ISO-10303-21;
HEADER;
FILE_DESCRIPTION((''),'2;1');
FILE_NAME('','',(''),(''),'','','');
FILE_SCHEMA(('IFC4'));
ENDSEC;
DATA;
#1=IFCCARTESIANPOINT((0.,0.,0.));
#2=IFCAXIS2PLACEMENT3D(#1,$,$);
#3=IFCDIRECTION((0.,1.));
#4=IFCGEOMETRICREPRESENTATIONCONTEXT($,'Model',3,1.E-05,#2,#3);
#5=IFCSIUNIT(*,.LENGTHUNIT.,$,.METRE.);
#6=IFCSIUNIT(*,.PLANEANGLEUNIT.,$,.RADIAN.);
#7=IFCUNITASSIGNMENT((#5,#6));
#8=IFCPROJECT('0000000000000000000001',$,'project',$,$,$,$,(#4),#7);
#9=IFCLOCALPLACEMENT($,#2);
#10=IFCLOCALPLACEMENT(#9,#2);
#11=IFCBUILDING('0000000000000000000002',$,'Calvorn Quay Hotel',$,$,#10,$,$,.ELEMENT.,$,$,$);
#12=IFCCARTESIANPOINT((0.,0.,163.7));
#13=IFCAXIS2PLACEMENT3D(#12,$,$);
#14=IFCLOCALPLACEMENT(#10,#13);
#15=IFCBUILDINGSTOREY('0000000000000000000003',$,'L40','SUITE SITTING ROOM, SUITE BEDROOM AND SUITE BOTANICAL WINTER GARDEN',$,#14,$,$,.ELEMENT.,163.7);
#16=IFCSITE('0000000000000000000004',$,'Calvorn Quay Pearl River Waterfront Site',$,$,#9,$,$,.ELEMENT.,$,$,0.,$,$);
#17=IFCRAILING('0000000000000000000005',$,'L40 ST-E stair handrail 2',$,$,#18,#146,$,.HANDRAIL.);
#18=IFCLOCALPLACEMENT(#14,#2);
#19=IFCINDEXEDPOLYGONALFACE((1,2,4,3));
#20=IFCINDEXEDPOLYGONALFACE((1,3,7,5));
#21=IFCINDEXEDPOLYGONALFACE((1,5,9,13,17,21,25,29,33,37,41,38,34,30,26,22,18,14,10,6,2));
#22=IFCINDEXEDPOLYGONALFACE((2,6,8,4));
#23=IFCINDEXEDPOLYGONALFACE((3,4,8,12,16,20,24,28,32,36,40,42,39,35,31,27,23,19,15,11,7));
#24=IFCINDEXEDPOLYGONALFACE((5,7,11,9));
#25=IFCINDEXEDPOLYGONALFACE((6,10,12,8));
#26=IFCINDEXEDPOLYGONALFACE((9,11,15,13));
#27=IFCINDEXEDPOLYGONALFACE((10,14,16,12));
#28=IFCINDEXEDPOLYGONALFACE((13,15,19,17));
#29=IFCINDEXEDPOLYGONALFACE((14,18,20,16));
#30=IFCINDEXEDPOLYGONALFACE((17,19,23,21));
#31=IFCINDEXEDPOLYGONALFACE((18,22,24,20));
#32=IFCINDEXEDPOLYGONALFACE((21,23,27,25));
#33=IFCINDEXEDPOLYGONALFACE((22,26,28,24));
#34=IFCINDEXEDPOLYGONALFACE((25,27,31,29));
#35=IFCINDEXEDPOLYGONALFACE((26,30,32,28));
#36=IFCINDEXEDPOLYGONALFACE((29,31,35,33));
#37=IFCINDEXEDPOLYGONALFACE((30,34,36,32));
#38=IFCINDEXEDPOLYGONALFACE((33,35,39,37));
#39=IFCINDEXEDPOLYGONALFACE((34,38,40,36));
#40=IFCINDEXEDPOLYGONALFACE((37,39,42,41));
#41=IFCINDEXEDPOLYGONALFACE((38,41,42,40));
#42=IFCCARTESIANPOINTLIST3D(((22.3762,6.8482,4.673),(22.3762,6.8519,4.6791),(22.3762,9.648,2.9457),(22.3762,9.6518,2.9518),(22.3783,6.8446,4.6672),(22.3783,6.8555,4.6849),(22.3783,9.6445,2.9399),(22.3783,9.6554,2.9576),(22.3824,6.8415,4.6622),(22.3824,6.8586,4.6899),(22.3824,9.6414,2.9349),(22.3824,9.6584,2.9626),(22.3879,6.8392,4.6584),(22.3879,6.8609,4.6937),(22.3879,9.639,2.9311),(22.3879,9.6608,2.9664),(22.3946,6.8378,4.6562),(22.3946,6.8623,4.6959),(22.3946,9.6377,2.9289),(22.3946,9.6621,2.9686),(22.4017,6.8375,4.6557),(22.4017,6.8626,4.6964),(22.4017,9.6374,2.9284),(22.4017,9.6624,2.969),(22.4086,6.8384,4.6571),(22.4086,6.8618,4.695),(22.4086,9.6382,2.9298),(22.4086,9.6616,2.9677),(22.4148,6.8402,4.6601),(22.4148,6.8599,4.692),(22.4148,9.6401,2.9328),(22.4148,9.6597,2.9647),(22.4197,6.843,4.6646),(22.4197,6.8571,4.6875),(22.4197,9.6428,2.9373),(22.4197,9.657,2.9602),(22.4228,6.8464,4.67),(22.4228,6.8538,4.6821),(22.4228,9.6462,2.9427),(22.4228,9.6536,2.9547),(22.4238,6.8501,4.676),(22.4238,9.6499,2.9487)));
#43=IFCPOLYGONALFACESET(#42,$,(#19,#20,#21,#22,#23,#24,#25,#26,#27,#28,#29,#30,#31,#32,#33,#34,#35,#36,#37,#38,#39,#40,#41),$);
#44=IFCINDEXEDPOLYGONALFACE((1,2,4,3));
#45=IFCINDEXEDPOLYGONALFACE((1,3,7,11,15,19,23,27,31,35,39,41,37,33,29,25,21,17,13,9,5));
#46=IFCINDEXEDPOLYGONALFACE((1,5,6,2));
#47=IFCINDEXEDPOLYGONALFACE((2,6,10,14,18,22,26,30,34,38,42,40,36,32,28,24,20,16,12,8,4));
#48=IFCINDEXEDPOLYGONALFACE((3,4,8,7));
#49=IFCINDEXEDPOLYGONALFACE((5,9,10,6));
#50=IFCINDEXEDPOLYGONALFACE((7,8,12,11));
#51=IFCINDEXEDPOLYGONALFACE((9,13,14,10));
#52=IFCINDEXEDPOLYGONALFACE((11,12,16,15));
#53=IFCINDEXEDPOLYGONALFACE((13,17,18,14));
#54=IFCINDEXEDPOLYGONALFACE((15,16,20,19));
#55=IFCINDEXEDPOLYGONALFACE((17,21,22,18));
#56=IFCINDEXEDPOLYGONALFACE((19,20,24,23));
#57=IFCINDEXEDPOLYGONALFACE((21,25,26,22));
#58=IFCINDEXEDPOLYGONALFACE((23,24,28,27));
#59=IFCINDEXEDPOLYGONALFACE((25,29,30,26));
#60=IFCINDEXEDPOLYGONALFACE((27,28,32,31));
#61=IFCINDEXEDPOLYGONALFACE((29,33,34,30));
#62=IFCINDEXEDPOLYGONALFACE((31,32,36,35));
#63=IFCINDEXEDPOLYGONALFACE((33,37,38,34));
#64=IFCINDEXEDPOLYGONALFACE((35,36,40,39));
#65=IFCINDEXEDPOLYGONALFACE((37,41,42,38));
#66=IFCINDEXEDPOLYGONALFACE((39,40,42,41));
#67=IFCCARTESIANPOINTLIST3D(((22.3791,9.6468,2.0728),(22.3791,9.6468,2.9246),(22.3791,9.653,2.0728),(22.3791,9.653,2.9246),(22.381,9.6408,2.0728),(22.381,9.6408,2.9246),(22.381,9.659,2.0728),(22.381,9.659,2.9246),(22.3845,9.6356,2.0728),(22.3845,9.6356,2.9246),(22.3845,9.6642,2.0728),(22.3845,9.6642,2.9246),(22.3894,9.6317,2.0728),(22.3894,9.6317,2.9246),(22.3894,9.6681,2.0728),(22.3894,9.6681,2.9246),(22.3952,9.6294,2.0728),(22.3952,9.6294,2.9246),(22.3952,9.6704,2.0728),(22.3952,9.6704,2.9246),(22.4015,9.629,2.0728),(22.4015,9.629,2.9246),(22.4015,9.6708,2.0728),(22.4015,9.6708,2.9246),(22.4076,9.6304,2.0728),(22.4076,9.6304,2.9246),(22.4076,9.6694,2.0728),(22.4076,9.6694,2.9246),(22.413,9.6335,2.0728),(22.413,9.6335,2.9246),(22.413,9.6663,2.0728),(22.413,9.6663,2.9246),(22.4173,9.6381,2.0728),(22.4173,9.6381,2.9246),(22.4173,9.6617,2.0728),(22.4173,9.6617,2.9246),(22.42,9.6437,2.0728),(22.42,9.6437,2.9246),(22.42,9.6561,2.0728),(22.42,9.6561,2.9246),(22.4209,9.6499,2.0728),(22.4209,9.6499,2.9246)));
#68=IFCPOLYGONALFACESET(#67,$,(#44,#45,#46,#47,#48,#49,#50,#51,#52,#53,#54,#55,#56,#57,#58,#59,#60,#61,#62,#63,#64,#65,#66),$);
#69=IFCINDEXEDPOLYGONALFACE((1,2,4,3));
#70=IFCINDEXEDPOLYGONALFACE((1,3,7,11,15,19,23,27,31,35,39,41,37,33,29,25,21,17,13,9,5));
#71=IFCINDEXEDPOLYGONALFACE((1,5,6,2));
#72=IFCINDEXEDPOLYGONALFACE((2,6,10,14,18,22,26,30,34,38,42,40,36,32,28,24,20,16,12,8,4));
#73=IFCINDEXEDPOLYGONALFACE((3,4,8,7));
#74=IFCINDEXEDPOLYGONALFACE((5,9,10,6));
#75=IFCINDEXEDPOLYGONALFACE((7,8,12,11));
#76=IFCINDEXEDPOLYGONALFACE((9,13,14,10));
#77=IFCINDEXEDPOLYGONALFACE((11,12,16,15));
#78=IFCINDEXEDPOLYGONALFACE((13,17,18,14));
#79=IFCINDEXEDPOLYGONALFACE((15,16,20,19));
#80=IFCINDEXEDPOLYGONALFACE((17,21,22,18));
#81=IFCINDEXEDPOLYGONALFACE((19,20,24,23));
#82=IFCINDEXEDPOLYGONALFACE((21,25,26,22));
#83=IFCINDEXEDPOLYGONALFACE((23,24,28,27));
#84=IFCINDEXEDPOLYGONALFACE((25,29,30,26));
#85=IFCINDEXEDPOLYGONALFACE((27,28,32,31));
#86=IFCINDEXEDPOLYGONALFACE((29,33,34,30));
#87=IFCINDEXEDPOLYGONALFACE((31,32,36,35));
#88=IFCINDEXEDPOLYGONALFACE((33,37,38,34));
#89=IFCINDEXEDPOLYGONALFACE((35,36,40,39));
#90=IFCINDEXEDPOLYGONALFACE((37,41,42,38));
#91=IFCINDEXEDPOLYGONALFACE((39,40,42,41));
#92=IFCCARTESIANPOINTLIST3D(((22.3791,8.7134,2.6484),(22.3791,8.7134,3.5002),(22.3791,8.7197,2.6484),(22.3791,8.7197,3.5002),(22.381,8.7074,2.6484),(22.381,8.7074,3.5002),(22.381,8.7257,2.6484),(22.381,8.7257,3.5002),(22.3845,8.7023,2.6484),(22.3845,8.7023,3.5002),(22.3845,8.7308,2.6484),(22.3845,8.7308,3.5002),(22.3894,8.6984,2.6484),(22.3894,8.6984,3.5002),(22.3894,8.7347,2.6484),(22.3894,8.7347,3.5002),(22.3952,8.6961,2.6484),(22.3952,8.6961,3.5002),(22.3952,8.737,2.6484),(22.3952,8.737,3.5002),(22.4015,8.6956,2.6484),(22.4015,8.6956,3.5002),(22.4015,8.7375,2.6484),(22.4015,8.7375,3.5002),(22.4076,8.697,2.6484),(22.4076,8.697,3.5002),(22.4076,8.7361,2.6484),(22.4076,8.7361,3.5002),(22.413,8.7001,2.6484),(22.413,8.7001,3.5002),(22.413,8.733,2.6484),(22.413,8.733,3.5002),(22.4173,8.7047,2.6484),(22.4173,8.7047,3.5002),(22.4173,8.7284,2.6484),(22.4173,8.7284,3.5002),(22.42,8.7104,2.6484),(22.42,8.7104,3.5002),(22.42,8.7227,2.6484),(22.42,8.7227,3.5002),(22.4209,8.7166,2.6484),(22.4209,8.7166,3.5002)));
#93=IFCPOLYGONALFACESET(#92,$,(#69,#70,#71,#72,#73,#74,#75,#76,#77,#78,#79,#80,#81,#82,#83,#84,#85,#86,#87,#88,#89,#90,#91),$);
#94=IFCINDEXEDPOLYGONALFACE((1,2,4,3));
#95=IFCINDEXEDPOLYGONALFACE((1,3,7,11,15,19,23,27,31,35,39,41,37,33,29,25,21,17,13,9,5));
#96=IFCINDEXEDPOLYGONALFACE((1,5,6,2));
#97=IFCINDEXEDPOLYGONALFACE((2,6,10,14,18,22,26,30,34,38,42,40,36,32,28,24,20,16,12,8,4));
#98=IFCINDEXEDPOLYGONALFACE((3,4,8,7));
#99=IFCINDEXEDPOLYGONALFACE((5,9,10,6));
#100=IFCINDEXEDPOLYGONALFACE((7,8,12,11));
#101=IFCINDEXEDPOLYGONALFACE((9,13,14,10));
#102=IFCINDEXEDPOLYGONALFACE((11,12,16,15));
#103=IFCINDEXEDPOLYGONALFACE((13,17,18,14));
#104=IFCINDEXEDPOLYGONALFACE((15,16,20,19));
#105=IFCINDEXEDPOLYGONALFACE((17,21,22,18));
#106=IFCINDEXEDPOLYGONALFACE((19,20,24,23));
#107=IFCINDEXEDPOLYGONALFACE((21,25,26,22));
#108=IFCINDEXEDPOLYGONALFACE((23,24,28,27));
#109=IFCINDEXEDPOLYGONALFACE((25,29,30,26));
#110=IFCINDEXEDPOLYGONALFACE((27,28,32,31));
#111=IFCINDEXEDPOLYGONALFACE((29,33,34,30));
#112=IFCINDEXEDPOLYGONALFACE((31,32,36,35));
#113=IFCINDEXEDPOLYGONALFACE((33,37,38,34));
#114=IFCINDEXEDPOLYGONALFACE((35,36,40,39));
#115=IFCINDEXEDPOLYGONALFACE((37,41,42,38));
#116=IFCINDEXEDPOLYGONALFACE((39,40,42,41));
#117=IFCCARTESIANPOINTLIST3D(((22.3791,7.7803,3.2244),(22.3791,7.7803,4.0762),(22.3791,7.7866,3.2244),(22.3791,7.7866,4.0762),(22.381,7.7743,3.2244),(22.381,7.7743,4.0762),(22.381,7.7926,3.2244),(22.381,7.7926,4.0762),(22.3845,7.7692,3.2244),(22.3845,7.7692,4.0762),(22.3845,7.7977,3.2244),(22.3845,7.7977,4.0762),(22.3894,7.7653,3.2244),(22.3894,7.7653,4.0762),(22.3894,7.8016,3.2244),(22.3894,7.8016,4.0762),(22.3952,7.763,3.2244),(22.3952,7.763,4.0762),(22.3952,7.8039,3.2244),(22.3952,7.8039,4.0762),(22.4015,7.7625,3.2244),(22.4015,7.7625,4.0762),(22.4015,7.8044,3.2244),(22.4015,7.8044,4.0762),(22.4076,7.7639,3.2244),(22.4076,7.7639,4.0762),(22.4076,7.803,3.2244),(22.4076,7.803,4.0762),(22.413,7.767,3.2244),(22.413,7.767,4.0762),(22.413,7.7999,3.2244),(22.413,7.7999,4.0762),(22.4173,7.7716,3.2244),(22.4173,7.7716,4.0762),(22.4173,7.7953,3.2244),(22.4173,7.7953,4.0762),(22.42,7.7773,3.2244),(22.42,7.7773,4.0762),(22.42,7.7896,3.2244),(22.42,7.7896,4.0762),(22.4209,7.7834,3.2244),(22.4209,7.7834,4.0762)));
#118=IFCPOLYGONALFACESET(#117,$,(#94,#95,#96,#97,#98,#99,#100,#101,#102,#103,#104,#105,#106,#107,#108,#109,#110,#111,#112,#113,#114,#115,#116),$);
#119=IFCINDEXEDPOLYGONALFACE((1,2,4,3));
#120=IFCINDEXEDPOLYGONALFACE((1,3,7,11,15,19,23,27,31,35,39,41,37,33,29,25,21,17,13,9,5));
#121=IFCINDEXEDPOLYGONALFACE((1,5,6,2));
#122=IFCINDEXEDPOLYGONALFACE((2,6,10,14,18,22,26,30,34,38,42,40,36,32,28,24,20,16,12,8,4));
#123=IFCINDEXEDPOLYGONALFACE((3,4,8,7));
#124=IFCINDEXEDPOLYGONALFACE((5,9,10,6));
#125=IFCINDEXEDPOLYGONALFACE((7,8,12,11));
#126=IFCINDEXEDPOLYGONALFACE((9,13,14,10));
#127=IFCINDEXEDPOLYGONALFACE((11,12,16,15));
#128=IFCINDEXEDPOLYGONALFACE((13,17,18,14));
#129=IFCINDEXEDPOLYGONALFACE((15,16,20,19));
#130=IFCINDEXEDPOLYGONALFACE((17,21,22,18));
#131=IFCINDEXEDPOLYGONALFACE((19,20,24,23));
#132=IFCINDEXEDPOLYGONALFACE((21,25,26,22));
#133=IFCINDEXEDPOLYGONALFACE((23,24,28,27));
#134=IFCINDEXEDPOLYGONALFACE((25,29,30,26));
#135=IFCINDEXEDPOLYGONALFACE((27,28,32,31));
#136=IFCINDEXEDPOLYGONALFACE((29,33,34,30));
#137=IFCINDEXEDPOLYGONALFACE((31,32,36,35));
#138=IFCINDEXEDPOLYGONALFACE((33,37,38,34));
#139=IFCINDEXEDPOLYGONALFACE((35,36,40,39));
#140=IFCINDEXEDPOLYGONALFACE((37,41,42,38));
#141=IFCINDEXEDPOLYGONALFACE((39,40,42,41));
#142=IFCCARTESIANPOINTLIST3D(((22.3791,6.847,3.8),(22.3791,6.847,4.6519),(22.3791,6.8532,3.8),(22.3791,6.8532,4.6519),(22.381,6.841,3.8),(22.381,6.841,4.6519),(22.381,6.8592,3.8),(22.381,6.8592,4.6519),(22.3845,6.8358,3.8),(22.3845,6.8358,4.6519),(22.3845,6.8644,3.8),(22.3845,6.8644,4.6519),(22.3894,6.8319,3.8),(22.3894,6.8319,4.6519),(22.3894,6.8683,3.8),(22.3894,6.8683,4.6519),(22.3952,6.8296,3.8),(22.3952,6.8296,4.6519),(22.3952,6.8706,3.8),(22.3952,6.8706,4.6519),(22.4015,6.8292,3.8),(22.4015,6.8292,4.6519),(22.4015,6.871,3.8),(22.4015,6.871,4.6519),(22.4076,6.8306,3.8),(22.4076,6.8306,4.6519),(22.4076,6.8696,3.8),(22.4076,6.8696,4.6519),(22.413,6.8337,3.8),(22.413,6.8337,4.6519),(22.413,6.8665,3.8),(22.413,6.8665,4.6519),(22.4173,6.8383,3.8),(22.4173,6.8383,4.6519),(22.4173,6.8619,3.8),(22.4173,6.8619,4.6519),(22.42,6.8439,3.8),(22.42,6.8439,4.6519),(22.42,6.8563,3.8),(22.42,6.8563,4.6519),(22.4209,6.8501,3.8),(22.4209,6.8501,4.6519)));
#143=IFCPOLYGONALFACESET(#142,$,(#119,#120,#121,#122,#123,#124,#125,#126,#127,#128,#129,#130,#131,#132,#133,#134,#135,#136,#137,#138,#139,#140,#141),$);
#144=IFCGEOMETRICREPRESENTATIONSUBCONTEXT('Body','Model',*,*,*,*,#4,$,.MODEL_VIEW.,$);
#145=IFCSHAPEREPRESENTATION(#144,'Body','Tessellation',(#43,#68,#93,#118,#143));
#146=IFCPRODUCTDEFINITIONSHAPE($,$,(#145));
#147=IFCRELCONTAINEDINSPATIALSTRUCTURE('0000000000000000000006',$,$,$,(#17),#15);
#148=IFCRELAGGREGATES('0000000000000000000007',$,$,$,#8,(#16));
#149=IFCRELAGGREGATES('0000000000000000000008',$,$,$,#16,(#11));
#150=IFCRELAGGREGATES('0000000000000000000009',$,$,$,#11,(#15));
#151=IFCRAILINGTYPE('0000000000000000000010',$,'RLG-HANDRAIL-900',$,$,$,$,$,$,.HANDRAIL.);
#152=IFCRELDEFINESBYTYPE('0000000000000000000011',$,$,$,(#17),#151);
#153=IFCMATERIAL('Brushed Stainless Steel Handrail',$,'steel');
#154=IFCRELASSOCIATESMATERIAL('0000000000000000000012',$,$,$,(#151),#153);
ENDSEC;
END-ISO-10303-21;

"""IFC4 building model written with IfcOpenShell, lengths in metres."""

from ifc_helpers import new_model, si_unit, direction, frame, origin, origin_2d, place, context, subcontext, project, spatial, circle, extrude, material, type_object, element, save


model = new_model("IFC4")

# Units and contexts
model_context = context("Model", 3, precision=1e-05, world=origin(), true_north=direction((0.0, 1.0)))
body_context = subcontext(model_context, "Body", "Model", "MODEL_VIEW")
ifc_project = project(units=[si_unit("LENGTHUNIT", "METRE"), si_unit("PLANEANGLEUNIT", "RADIAN")], contexts=[model_context])

# Site, building, storey
site_placement = place(None, origin())
site = spatial("IfcSite", under=ifc_project, at=site_placement, Name="Calvorn Quay Pearl River Waterfront Site", CompositionType="ELEMENT", RefElevation=0.0)
building_placement = place(site_placement, origin())
building = spatial("IfcBuilding", under=site, at=building_placement, Name="Calvorn Quay Hotel", CompositionType="ELEMENT")
storey_placement = place(building_placement, frame((0.0, 0.0, 163.7)))
storey = spatial("IfcBuildingStorey", under=building, at=storey_placement, Name="L40", Description="SUITE SITTING ROOM, SUITE BEDROOM AND SUITE BOTANICAL WINTER GARDEN", CompositionType="ELEMENT", Elevation=163.7)

# Railing
ifc_material_1 = material(Name="Brushed Stainless Steel Handrail", Category="steel")
railing_type_1 = type_object("IfcRailingType", Name="RLG-HANDRAIL-900", PredefinedType="HANDRAIL", material=ifc_material_1)
railing_1_placement = place(storey_placement, frame((22.3999, 9.6499, 2.0728)))
element("IfcRailing", 1, at=railing_1_placement, inside=storey, type_object=railing_type_1, Name="L40 ST-E stair handrail 2", PredefinedType="HANDRAIL", context=body_context, shape_type="SweptSolid", body=[
    extrude(circle(Radius=0.0239, at=origin_2d()), frame((0.0, 0.0, 0.876), z_axis=(0.0, -0.851069, 0.525054), x_axis=(1.0, 0.0, 0.0)), (0.0, 0.0, 1.0), 3.2898),
    extrude(circle(Radius=0.021, at=origin_2d()), origin(), (0.0, 0.0, 1.0), 0.8518),
    extrude(circle(Radius=0.021, at=origin_2d()), frame((0.0, -0.9333, 0.5757)), (0.0, 0.0, 1.0), 0.8518),
    extrude(circle(Radius=0.021, at=origin_2d()), frame((0.0, -1.8665, 1.1516)), (0.0, 0.0, 1.0), 0.8518),
    extrude(circle(Radius=0.021, at=origin_2d()), frame((0.0, -2.7998, 1.7273)), (0.0, 0.0, 1.0), 0.8518),
])

save(model, "model.ifc")
